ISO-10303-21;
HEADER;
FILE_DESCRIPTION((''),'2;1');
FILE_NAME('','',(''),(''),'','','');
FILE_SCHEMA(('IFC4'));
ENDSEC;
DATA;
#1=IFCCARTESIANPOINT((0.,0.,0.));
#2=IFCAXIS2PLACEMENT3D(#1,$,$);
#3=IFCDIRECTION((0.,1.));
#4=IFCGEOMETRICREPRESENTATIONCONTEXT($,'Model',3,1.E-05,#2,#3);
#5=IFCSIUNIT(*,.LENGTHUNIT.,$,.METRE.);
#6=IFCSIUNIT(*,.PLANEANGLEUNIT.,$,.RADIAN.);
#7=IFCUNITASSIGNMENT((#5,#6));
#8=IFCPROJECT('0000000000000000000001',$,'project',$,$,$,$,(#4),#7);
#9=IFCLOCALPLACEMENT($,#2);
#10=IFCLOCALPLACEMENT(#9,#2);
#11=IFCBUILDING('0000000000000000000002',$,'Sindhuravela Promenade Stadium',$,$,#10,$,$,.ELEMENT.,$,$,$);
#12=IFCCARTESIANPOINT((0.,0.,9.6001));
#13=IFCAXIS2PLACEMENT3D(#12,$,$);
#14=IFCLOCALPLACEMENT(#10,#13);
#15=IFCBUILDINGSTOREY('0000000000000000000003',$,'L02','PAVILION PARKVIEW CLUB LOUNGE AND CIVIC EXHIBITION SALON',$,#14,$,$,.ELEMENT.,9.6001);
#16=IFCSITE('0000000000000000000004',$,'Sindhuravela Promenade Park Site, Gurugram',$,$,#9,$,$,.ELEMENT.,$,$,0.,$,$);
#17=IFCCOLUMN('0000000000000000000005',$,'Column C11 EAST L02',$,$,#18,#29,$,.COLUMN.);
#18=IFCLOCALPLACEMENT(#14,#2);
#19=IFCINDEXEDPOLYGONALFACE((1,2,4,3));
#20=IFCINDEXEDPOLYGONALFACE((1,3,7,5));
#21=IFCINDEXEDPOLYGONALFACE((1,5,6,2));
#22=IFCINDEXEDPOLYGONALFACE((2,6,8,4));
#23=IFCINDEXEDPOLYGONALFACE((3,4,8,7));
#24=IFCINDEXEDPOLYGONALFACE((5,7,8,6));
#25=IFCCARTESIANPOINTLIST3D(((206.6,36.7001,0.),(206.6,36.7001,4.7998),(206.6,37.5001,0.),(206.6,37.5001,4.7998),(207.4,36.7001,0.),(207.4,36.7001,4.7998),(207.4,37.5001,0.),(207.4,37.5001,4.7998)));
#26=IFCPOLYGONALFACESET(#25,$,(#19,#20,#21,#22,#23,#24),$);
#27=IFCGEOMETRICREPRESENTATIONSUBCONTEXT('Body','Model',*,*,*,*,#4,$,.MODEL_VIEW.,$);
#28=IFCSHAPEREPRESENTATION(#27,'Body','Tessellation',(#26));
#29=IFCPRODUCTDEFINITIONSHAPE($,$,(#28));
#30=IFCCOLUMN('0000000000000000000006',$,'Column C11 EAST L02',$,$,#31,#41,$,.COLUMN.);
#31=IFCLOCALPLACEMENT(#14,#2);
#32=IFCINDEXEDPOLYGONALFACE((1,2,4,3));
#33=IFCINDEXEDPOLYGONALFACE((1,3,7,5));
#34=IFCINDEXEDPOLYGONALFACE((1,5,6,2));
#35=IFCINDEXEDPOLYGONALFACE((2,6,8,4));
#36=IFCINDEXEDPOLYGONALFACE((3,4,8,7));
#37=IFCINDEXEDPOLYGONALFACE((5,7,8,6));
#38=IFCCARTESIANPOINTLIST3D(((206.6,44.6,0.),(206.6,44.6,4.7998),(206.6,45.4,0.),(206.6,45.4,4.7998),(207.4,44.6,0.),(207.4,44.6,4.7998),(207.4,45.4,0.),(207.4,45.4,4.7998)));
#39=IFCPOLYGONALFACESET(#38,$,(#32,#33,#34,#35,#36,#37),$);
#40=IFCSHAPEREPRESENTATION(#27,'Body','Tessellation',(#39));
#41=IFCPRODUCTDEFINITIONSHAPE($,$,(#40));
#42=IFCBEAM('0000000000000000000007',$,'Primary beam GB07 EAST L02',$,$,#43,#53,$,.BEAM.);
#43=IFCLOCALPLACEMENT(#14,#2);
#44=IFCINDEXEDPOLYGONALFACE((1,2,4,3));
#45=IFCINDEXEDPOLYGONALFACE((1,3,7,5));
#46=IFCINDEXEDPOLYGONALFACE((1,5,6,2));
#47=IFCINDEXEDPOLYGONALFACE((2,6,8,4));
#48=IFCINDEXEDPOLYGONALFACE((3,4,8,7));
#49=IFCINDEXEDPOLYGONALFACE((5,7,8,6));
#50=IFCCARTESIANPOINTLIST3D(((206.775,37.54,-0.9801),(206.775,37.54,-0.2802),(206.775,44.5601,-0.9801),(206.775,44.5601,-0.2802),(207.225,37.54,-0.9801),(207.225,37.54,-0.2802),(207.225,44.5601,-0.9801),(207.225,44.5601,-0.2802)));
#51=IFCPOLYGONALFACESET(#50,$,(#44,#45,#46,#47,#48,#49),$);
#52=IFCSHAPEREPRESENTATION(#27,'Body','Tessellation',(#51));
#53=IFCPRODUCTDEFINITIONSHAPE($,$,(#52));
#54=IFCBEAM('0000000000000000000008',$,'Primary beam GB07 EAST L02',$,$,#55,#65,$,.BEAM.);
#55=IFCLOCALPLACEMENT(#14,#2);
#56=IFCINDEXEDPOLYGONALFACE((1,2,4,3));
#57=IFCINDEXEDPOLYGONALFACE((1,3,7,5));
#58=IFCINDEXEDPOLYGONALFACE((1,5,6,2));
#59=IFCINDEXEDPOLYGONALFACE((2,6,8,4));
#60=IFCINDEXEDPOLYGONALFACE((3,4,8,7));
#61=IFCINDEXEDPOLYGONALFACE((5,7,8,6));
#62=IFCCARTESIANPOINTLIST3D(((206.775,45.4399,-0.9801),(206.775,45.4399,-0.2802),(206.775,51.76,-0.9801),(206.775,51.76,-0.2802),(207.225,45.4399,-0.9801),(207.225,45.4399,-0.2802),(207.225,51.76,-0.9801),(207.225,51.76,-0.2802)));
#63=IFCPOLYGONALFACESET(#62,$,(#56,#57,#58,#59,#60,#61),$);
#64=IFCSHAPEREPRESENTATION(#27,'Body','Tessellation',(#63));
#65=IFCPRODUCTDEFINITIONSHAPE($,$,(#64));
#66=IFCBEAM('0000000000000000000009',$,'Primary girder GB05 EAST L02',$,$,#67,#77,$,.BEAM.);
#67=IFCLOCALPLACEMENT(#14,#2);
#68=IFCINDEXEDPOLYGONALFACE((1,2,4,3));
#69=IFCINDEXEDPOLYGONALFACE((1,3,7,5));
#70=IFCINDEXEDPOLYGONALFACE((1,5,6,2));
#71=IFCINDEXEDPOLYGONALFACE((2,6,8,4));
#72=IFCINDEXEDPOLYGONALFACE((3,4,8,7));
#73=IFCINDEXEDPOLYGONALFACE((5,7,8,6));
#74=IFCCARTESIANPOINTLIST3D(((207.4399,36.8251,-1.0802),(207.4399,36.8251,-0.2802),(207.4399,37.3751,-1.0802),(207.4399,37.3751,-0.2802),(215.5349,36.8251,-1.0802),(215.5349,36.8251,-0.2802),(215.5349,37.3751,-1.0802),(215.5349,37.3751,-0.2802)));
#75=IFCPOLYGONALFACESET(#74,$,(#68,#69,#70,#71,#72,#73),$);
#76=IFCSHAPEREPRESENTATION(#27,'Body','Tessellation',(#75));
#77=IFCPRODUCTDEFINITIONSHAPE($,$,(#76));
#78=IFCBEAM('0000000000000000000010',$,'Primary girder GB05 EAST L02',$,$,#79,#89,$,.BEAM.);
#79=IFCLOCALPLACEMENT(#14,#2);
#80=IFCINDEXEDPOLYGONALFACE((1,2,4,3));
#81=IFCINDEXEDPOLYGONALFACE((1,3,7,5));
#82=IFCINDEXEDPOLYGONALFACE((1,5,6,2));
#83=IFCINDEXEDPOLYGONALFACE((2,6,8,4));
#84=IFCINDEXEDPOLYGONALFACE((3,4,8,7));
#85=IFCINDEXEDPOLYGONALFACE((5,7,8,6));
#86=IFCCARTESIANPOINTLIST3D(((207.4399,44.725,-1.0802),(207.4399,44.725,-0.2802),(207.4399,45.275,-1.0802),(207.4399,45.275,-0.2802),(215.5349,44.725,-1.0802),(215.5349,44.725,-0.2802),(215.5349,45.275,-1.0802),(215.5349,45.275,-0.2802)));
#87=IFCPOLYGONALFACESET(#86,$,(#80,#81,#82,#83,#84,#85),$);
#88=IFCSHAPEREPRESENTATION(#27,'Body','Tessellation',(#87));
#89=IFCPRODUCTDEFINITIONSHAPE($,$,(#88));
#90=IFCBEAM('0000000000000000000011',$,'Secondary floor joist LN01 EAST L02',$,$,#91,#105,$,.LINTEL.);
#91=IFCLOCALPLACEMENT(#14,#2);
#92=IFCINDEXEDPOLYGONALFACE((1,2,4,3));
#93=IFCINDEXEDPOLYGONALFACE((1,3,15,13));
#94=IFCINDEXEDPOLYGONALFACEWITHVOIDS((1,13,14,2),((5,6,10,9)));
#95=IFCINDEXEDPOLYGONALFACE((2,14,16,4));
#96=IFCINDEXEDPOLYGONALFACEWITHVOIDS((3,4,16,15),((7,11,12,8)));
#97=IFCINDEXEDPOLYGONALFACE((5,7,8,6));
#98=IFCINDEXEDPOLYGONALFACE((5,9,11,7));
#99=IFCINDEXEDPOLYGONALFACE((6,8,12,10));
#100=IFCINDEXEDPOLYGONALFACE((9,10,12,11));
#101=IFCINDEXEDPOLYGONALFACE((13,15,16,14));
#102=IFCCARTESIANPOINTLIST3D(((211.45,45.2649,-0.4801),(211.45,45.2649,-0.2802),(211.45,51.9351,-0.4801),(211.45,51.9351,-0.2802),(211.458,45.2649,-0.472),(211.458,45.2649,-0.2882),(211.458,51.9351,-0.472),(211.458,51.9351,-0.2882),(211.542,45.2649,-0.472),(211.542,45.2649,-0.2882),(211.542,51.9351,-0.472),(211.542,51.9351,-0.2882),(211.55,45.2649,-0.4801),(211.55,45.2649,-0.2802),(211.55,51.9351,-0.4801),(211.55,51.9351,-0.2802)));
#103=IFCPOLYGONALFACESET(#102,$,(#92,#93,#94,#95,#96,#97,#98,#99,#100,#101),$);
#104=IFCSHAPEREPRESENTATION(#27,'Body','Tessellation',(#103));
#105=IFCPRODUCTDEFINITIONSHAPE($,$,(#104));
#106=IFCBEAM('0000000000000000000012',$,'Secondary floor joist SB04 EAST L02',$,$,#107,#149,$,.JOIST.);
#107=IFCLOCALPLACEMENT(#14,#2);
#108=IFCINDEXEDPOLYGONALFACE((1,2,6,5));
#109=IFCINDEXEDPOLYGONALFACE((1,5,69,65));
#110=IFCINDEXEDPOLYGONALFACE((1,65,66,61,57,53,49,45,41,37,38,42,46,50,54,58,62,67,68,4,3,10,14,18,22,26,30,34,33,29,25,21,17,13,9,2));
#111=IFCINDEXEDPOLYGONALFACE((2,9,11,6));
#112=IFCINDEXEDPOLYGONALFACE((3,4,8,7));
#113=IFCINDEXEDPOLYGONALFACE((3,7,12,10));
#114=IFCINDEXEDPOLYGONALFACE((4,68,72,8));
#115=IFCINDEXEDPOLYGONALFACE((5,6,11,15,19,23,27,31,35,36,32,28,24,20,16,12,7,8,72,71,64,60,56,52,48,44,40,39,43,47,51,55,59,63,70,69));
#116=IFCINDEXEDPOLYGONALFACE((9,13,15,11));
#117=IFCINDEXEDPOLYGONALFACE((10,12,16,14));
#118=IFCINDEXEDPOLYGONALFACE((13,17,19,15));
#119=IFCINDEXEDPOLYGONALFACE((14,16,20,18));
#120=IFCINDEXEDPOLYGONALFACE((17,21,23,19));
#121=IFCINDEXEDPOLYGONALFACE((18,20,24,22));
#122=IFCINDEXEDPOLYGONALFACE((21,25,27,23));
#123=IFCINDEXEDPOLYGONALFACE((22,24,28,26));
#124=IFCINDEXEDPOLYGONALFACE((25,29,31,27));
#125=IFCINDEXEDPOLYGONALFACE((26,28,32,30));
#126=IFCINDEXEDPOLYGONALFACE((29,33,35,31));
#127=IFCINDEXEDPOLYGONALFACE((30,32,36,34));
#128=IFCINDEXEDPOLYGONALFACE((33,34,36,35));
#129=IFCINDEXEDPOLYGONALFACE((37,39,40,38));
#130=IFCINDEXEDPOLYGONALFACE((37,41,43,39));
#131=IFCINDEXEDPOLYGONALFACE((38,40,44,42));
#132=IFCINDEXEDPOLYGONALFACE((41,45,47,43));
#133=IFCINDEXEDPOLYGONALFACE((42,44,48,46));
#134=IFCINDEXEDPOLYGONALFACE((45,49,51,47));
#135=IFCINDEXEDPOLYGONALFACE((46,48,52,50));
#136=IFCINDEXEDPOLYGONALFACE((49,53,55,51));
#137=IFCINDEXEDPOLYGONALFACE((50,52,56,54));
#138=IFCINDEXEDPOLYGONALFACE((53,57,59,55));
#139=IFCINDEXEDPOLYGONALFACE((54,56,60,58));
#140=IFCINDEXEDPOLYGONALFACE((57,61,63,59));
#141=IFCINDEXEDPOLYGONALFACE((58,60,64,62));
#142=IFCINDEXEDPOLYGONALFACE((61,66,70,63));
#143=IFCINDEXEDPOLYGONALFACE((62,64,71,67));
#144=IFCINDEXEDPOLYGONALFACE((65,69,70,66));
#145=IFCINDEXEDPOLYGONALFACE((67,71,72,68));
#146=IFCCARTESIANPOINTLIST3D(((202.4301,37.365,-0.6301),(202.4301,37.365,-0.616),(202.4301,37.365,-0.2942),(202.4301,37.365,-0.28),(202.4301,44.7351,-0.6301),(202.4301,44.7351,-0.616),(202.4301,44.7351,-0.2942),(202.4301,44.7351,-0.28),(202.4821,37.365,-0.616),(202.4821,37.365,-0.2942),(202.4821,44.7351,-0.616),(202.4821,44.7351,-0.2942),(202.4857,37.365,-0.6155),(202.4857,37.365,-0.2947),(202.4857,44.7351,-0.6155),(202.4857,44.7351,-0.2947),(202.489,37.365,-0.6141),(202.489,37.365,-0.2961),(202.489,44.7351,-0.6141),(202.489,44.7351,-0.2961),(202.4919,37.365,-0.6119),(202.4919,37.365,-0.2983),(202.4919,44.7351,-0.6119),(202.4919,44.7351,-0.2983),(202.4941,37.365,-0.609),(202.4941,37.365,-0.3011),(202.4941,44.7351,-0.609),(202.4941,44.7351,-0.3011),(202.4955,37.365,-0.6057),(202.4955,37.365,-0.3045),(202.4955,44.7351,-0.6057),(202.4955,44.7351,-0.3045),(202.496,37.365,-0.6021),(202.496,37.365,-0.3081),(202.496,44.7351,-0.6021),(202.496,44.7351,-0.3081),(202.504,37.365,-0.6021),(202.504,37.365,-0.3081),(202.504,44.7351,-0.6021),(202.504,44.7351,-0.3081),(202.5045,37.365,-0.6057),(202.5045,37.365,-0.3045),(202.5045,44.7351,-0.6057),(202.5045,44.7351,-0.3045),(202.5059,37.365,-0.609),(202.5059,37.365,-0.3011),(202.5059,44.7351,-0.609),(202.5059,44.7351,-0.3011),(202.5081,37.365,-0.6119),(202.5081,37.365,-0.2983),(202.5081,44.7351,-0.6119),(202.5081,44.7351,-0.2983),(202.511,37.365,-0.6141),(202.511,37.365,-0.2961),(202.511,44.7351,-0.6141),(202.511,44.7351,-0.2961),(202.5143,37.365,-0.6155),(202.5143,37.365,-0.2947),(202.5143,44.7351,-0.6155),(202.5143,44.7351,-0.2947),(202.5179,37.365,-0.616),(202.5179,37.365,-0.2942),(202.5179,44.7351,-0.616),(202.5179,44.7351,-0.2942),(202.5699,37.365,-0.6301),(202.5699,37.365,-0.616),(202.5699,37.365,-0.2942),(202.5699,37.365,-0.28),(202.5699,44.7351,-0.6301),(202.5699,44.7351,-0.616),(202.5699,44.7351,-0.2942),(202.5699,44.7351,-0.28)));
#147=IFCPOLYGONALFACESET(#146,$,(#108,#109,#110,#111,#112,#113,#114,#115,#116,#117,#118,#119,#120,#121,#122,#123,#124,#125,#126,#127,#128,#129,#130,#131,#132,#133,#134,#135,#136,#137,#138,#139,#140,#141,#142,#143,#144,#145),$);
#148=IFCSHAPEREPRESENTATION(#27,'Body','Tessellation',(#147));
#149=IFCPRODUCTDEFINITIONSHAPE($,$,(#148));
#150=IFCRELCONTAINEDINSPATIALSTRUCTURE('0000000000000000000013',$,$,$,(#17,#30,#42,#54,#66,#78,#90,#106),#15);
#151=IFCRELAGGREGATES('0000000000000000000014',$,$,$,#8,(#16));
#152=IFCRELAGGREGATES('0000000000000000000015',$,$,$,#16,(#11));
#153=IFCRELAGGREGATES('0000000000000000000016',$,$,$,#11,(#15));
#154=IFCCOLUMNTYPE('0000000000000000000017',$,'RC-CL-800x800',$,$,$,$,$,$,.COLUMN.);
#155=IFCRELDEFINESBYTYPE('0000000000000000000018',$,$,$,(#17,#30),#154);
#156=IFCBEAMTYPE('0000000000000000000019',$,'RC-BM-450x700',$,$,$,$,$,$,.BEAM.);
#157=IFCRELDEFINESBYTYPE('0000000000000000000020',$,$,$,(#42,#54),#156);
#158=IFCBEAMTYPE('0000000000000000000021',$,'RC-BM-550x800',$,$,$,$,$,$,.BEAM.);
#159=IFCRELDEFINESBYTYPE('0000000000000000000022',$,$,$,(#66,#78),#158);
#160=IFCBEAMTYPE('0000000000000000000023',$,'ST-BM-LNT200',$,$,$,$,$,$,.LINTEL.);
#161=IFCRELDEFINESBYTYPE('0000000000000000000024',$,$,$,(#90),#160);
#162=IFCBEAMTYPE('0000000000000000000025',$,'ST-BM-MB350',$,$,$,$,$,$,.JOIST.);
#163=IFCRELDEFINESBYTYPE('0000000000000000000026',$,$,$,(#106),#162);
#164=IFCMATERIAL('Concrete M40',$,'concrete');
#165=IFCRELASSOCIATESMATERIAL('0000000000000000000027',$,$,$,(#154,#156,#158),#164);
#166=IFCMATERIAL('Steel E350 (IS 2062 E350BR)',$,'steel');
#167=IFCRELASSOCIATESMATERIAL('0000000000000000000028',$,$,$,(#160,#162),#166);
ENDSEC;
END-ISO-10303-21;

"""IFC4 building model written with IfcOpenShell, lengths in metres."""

from ifc_helpers import new_model, si_unit, direction, frame, origin, origin_2d, place, context, subcontext, project, spatial, rectangle, hollow_rectangle, i_section, extrude, material, material_profile, profile_set, type_object, element, save


model = new_model("IFC4")

# Units and contexts
model_context = context("Model", 3, precision=1e-05, world=origin(), true_north=direction((0.0, 1.0)))
body_context = subcontext(model_context, "Body", "Model", "MODEL_VIEW")
ifc_project = project(units=[si_unit("LENGTHUNIT", "METRE"), si_unit("PLANEANGLEUNIT", "RADIAN")], contexts=[model_context])

# Site, building, storey
site_placement = place(None, origin())
site = spatial("IfcSite", under=ifc_project, at=site_placement, Name="Sindhuravela Promenade Park Site, Gurugram", CompositionType="ELEMENT", RefElevation=0.0)
building_placement = place(site_placement, origin())
building = spatial("IfcBuilding", under=site, at=building_placement, Name="Sindhuravela Promenade Stadium", CompositionType="ELEMENT")
storey_placement = place(building_placement, frame((0.0, 0.0, 9.6001)))
storey = spatial("IfcBuildingStorey", under=building, at=storey_placement, Name="L02", Description="PAVILION PARKVIEW CLUB LOUNGE AND CIVIC EXHIBITION SALON", CompositionType="ELEMENT", Elevation=9.6001)

# Columns
ifc_material_1 = material(Name="Concrete M40", Category="concrete")
ifc_material_profile_1 = material_profile(ifc_material_1, rectangle(XDim=0.8, YDim=0.8, at=origin_2d()), Name="RC 800x800")
ifc_profile_set_1 = profile_set([ifc_material_profile_1], Name="Concrete M40")
column_type = type_object("IfcColumnType", Name="RC-CL-800x800", PredefinedType="COLUMN", material=ifc_profile_set_1)
for number, where, z_axis, x_axis, name in (
    (1, (207.0, 37.1001, 0.0), (0.0, 0.0, 1.0), (1.0, 0.0, 0.0), "Column C11 EAST L02"),
    (2, (207.0, 45.0, 0.0), (0.0, 0.0, 1.0), (1.0, 0.0, 0.0), "Column C11 EAST L02"),
):
    element("IfcColumn", number, at=place(storey_placement, frame(where, z_axis=z_axis, x_axis=x_axis)), inside=storey, type_object=column_type, Name=name, PredefinedType="COLUMN", context=body_context, shape_type="SweptSolid", body=[
        extrude(rectangle(XDim=0.8, YDim=0.8, at=origin_2d()), origin(), (0.0, 0.0, 1.0), 4.7998),
    ])

# Beams
ifc_material_profile_2 = material_profile(ifc_material_1, rectangle(XDim=0.45, YDim=0.7, at=origin_2d()), Name="RC 450x700")
ifc_profile_set_2 = profile_set([ifc_material_profile_2], Name="Concrete M40")
beam_type_1 = type_object("IfcBeamType", Name="RC-BM-450x700", PredefinedType="BEAM", material=ifc_profile_set_2)
beam_1_placement = place(storey_placement, frame((207.0, 37.54, -0.6301), z_axis=(0.0, 1.0, 0.0), x_axis=(-1.0, 0.0, 0.0)))
element("IfcBeam", 3, at=beam_1_placement, inside=storey, type_object=beam_type_1, Name="Primary beam GB07 EAST L02", PredefinedType="BEAM", context=body_context, shape_type="SweptSolid", body=[
    extrude(rectangle(XDim=0.45, YDim=0.7, at=origin_2d()), origin(), (0.0, 0.0, 1.0), 7.02),
])
beam_2_placement = place(storey_placement, frame((207.0, 45.4399, -0.6301), z_axis=(0.0, 1.0, 0.0), x_axis=(-1.0, 0.0, 0.0)))
element("IfcBeam", 4, at=beam_2_placement, inside=storey, type_object=beam_type_1, Name="Primary beam GB07 EAST L02", PredefinedType="BEAM", context=body_context, shape_type="SweptSolid", body=[
    extrude(rectangle(XDim=0.45, YDim=0.7, at=origin_2d()), origin(), (0.0, 0.0, 1.0), 6.3201),
])
ifc_material_profile_3 = material_profile(ifc_material_1, rectangle(XDim=0.55, YDim=0.8, at=origin_2d()), Name="RC 550x800")
ifc_profile_set_3 = profile_set([ifc_material_profile_3], Name="Concrete M40")
beam_type_2 = type_object("IfcBeamType", Name="RC-BM-550x800", PredefinedType="BEAM", material=ifc_profile_set_3)
for number, where, z_axis, x_axis, name in (
    (5, (207.4399, 37.1001, -0.6802), (1.0, 0.0, 0.0), (0.0, 1.0, 0.0), "Primary girder GB05 EAST L02"),
    (6, (207.4399, 45.0, -0.6802), (1.0, 0.0, 0.0), (0.0, 1.0, 0.0), "Primary girder GB05 EAST L02"),
):
    element("IfcBeam", number, at=place(storey_placement, frame(where, z_axis=z_axis, x_axis=x_axis)), inside=storey, type_object=beam_type_2, Name=name, PredefinedType="BEAM", context=body_context, shape_type="SweptSolid", body=[
        extrude(rectangle(XDim=0.55, YDim=0.8, at=origin_2d()), origin(), (0.0, 0.0, 1.0), 8.095),
    ])
ifc_material_2 = material(Name="Steel E350 (IS 2062 E350BR)", Category="steel")
ifc_material_profile_4 = material_profile(ifc_material_2, hollow_rectangle(XDim=0.1001, YDim=0.2, WallThickness=0.0081, at=origin_2d()), Name="RHS 200x100x8")
ifc_profile_set_4 = profile_set([ifc_material_profile_4], Name="Steel E350 (IS 2062 E350BR)")
beam_type_3 = type_object("IfcBeamType", Name="ST-BM-LNT200", PredefinedType="LINTEL", material=ifc_profile_set_4)
beam_3_placement = place(storey_placement, frame((211.5, 45.2649, -0.3801), z_axis=(0.0, 1.0, 0.0), x_axis=(-1.0, 0.0, 0.0)))
element("IfcBeam", 7, at=beam_3_placement, inside=storey, type_object=beam_type_3, Name="Secondary floor joist LN01 EAST L02", PredefinedType="LINTEL", context=body_context, shape_type="SweptSolid", body=[
    extrude(hollow_rectangle(XDim=0.1001, YDim=0.2, WallThickness=0.0081, at=origin_2d()), origin(), (0.0, 0.0, 1.0), 6.6702),
])
ifc_material_profile_5 = material_profile(ifc_material_2, i_section(OverallWidth=0.1399, OverallDepth=0.3501, WebThickness=0.0081, FlangeThickness=0.0142, FilletRadius=0.0139, at=origin_2d()), Name="ISMB 350")
ifc_profile_set_5 = profile_set([ifc_material_profile_5], Name="Steel E350 (IS 2062 E350BR)")
beam_type_4 = type_object("IfcBeamType", Name="ST-BM-MB350", PredefinedType="JOIST", material=ifc_profile_set_5)
beam_4_placement = place(storey_placement, frame((202.5, 37.365, -0.4551), z_axis=(0.0, 1.0, 0.0), x_axis=(-1.0, 0.0, 0.0)))
element("IfcBeam", 8, at=beam_4_placement, inside=storey, type_object=beam_type_4, Name="Secondary floor joist SB04 EAST L02", PredefinedType="JOIST", context=body_context, shape_type="SweptSolid", body=[
    extrude(i_section(OverallWidth=0.1399, OverallDepth=0.3501, WebThickness=0.0081, FlangeThickness=0.0142, FilletRadius=0.0139, at=origin_2d()), origin(), (0.0, 0.0, 1.0), 7.3701),
])

save(model, "model.ifc")
